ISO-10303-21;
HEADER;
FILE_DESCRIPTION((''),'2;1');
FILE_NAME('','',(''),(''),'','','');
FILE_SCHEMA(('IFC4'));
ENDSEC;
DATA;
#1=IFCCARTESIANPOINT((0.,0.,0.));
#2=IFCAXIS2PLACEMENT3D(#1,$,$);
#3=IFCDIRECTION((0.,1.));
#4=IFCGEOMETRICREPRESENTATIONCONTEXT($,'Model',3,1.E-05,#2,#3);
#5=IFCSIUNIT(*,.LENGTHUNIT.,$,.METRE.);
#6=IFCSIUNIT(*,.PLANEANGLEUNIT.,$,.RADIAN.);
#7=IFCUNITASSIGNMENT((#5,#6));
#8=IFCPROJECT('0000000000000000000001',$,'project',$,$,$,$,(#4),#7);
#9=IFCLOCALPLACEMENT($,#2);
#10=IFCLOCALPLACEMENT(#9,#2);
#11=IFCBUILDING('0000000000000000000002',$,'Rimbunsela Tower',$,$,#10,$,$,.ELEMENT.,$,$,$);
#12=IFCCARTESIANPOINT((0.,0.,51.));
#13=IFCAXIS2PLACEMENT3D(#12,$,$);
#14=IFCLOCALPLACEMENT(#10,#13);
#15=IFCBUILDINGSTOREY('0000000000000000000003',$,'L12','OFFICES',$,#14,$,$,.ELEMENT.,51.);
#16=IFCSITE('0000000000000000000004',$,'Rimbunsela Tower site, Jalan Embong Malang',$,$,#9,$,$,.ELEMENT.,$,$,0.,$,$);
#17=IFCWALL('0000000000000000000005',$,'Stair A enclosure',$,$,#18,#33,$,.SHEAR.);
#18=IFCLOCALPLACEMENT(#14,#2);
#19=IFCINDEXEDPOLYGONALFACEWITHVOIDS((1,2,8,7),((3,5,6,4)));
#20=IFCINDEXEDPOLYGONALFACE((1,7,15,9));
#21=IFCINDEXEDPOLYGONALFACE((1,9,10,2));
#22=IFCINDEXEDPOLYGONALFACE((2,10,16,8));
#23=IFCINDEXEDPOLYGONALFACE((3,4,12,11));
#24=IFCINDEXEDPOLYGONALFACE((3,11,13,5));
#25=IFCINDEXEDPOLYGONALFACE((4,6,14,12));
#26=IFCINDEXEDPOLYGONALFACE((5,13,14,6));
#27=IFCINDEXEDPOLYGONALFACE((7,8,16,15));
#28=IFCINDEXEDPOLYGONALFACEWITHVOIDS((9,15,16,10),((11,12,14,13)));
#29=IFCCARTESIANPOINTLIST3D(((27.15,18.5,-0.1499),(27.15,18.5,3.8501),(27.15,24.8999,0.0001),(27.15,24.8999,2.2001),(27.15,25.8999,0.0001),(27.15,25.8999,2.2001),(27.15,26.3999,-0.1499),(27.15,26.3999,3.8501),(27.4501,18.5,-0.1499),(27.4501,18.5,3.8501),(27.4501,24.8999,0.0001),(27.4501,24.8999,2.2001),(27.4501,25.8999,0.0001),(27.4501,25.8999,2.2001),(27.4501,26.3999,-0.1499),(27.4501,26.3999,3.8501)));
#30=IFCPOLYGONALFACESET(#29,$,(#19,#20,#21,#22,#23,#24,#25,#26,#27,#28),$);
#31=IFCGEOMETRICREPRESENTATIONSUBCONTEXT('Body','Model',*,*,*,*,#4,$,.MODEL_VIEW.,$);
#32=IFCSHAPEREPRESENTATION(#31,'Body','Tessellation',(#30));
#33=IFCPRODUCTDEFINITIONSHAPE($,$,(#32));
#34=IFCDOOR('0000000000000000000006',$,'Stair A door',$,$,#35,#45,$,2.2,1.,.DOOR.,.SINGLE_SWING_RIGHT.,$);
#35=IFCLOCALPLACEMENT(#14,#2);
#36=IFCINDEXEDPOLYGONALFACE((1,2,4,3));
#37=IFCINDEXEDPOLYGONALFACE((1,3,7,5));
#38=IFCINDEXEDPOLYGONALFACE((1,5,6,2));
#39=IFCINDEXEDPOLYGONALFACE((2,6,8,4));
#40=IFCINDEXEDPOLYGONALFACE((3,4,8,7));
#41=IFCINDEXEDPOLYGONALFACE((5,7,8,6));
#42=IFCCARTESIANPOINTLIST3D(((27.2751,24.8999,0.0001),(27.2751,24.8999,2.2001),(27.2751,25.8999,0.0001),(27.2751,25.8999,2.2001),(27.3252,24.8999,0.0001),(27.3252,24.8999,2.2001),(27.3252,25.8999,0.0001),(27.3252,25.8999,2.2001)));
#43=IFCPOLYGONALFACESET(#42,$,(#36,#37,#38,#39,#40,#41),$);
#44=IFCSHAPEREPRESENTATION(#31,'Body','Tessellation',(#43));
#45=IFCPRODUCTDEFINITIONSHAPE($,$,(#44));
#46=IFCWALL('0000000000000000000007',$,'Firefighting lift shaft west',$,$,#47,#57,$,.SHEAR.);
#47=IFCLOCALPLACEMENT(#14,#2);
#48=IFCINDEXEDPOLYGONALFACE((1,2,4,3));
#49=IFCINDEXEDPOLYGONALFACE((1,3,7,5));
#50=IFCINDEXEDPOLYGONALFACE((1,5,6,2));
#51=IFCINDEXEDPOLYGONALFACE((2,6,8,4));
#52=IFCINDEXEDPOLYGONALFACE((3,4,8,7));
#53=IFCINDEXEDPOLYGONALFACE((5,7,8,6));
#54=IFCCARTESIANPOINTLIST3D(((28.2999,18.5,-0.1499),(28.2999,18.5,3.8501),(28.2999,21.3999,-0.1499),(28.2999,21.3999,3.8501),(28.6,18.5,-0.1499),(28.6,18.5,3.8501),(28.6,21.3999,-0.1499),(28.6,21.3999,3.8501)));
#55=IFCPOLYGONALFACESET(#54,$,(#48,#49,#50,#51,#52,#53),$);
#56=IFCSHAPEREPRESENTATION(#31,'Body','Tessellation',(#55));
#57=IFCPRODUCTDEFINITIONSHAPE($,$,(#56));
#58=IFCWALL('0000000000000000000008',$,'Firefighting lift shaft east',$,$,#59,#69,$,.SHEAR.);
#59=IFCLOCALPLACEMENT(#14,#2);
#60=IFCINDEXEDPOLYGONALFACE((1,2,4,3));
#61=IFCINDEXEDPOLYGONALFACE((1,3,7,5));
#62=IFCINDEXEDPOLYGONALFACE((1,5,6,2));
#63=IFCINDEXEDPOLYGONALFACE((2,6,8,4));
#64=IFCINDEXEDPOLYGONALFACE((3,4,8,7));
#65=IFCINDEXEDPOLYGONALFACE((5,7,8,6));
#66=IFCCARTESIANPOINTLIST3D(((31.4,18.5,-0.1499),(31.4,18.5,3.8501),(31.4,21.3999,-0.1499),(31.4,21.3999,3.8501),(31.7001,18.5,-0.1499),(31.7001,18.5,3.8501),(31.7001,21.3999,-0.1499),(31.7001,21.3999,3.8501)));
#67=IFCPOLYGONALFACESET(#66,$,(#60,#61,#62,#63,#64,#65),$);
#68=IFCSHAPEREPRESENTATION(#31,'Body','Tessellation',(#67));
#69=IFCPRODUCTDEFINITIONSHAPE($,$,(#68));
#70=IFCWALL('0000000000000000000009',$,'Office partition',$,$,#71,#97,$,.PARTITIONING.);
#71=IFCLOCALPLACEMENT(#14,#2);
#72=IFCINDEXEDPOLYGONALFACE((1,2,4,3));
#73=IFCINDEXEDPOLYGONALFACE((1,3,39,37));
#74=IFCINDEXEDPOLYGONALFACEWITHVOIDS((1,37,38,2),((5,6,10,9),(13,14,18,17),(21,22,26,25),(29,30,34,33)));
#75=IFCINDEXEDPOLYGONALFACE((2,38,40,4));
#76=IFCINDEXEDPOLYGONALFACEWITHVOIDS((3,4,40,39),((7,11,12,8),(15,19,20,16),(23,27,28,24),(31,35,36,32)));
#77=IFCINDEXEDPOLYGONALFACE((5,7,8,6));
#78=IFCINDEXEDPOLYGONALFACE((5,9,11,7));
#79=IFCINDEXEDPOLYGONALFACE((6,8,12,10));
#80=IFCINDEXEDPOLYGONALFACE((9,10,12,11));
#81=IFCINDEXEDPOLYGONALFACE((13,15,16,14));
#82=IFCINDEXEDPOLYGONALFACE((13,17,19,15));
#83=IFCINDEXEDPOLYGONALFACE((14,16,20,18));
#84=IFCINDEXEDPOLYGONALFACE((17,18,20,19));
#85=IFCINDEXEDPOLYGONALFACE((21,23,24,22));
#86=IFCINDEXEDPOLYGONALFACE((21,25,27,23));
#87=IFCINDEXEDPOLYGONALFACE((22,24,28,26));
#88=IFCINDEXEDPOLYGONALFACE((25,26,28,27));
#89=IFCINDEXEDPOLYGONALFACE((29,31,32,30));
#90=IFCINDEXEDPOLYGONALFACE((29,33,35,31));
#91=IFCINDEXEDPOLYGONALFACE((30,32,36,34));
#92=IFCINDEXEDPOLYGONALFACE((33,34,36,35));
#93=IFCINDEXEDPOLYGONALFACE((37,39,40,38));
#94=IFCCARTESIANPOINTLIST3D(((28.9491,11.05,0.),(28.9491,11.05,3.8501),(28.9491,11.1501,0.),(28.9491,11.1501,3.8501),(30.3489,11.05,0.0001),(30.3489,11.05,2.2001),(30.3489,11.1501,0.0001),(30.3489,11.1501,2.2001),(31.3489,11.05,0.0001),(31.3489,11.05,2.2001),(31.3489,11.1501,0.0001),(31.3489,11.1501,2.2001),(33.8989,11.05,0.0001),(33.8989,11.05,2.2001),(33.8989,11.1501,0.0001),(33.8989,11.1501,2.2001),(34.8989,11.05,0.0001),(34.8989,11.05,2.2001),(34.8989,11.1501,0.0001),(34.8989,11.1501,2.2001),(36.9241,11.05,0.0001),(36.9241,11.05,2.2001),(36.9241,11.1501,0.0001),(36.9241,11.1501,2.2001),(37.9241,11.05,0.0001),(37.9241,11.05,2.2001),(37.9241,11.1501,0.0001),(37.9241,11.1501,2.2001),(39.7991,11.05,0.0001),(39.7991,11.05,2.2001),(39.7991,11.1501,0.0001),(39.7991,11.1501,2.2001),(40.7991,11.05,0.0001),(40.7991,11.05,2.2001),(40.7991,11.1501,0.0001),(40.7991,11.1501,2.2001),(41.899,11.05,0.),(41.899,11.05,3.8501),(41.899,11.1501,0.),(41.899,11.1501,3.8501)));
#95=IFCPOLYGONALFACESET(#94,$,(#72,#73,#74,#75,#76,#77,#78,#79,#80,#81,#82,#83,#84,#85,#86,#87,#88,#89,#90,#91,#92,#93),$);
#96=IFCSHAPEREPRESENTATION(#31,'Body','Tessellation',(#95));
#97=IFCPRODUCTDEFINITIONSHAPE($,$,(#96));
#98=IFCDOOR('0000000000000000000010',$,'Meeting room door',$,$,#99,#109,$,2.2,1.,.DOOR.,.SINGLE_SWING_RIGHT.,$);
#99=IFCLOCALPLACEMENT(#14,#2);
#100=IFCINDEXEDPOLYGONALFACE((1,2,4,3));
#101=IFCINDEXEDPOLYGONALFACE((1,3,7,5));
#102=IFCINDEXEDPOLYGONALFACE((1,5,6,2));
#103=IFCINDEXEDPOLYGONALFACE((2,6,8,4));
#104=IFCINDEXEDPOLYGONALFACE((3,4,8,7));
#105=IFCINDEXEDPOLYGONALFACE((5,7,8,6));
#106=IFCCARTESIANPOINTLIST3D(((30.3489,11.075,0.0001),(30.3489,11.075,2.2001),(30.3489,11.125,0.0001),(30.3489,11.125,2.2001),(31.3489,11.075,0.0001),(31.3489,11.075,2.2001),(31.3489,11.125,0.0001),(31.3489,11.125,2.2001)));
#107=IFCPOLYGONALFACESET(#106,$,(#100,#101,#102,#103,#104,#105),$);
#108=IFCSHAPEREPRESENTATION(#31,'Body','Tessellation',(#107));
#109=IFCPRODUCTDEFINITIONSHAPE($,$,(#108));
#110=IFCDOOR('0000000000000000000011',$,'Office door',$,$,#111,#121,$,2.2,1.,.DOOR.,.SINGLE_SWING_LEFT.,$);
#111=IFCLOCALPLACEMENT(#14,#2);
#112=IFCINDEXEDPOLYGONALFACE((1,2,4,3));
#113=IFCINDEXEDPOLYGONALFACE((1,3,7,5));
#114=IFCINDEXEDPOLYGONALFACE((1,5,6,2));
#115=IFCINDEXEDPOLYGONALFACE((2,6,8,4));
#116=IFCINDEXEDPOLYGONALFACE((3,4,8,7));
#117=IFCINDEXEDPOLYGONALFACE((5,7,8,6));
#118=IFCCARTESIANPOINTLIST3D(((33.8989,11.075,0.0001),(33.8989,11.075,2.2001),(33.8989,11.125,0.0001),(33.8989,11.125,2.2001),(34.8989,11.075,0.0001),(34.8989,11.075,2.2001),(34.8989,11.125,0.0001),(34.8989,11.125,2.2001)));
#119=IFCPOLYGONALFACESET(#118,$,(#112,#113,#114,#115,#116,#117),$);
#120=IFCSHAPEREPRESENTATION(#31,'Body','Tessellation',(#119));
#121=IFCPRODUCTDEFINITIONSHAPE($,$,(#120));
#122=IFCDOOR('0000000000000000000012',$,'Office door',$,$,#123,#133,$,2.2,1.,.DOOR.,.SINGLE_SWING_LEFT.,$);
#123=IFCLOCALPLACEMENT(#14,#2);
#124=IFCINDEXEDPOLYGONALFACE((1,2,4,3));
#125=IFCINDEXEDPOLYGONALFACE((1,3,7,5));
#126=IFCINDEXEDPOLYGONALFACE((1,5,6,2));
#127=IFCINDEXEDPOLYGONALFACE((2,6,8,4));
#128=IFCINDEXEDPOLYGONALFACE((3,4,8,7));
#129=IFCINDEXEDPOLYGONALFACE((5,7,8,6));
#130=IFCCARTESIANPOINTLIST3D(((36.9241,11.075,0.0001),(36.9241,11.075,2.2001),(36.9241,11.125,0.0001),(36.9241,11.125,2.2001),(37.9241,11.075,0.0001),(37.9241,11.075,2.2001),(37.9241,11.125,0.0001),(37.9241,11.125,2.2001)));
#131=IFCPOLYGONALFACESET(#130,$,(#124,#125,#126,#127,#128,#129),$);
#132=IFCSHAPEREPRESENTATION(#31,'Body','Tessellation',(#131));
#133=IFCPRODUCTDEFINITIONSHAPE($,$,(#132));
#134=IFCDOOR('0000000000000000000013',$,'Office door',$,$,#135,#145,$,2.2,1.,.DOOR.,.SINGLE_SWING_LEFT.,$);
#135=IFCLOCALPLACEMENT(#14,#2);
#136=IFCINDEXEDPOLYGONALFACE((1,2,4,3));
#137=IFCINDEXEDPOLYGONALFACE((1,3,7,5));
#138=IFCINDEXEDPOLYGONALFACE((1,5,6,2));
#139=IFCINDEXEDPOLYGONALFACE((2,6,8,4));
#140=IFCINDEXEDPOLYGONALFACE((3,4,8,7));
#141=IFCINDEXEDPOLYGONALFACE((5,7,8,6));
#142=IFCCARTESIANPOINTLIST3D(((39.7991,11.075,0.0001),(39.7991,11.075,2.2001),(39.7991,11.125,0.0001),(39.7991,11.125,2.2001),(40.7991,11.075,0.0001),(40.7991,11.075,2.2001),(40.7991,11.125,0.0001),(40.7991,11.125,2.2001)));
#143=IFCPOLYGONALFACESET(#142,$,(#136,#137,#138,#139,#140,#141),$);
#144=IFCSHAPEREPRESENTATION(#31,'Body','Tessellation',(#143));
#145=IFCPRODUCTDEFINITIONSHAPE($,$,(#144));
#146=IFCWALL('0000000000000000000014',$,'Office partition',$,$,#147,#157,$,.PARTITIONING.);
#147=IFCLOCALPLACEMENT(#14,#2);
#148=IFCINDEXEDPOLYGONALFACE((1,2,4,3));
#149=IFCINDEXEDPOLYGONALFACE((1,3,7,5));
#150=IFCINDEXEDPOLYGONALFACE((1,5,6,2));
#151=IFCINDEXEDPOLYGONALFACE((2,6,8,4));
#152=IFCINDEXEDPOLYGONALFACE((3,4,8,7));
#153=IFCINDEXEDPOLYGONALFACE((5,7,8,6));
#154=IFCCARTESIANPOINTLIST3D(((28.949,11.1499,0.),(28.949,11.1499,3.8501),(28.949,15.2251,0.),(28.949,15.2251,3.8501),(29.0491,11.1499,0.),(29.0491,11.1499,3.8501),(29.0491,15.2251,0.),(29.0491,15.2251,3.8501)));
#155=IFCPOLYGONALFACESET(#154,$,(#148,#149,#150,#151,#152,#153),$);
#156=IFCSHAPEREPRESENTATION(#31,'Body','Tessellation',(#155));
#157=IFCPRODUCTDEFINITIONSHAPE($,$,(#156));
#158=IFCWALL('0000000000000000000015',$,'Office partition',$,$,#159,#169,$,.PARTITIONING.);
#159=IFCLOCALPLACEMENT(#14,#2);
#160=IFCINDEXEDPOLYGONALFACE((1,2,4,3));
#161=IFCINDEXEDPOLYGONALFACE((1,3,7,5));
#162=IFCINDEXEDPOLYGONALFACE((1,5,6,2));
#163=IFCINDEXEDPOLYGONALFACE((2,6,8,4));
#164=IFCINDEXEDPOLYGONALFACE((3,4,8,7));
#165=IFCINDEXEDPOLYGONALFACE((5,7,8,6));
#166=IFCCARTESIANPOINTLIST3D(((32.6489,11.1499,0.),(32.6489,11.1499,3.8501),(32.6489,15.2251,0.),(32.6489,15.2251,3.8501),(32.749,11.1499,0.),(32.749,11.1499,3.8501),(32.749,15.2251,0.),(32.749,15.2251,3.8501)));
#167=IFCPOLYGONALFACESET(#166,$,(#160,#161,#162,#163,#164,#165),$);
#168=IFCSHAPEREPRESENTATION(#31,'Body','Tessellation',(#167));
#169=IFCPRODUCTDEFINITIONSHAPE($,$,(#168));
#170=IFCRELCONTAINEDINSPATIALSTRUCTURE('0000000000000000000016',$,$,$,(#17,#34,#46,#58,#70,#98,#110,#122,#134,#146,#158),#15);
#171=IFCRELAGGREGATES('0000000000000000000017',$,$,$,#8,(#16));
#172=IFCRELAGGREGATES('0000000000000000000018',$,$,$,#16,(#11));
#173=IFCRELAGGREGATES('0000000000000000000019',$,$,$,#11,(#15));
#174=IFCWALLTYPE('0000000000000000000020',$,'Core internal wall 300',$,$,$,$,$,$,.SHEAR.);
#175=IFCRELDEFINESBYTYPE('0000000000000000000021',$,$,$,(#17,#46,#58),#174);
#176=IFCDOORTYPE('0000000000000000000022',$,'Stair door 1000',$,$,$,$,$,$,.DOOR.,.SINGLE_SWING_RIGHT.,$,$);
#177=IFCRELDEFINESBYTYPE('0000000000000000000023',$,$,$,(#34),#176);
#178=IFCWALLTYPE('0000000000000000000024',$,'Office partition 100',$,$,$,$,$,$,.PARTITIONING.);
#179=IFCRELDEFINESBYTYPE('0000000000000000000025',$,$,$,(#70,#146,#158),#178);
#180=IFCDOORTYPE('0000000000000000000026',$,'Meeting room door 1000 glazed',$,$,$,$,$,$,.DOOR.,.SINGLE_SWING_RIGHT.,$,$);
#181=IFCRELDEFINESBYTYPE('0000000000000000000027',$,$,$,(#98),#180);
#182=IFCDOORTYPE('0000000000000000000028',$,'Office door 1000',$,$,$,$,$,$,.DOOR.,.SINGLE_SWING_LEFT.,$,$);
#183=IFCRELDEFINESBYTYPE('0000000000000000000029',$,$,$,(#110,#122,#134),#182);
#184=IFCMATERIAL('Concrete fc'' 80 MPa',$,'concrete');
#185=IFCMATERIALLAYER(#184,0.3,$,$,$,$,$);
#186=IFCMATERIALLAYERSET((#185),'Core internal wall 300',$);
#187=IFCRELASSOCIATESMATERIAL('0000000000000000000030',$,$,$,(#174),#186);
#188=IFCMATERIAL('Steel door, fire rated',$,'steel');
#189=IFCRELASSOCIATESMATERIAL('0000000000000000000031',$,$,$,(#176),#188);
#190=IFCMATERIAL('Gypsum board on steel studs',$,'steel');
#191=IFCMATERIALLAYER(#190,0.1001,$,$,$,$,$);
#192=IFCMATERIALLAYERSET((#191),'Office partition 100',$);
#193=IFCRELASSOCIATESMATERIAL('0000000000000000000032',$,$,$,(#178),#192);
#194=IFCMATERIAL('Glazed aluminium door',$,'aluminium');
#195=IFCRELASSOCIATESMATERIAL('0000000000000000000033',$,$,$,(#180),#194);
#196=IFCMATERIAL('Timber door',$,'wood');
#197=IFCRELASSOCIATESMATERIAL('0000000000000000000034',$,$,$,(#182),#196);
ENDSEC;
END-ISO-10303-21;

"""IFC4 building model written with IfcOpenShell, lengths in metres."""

from ifc_helpers import new_model, si_unit, direction, frame, frame_2d, origin, place, context, subcontext, project, spatial, rectangle, extrude, material, layer, layer_set, type_object, element, fill, save


model = new_model("IFC4")

# Units and contexts
model_context = context("Model", 3, precision=1e-05, world=origin(), true_north=direction((0.0, 1.0)))
body_context = subcontext(model_context, "Body", "Model", "MODEL_VIEW")
ifc_project = project(units=[si_unit("LENGTHUNIT", "METRE"), si_unit("PLANEANGLEUNIT", "RADIAN")], contexts=[model_context])

# Site, building, storey
site_placement = place(None, origin())
site = spatial("IfcSite", under=ifc_project, at=site_placement, Name="Rimbunsela Tower site, Jalan Embong Malang", CompositionType="ELEMENT", RefElevation=0.0)
building_placement = place(site_placement, origin())
building = spatial("IfcBuilding", under=site, at=building_placement, Name="Rimbunsela Tower", CompositionType="ELEMENT")
storey_placement = place(building_placement, frame((0.0, 0.0, 51.0)))
storey = spatial("IfcBuildingStorey", under=building, at=storey_placement, Name="L12", Description="OFFICES", CompositionType="ELEMENT", Elevation=51.0)

# Wall, opening, door
ifc_material_1 = material(Name="Concrete fc' 80 MPa", Category="concrete")
ifc_layer_1 = layer(ifc_material_1, 0.3)
ifc_layer_set_1 = layer_set([ifc_layer_1], Name="Core internal wall 300")
wall_type_1 = type_object("IfcWallType", Name="Core internal wall 300", PredefinedType="SHEAR", material=ifc_layer_set_1)
wall_1_placement = place(storey_placement, frame((27.3, 18.5, -0.1499), z_axis=(0.0, 0.0, 1.0), x_axis=(0.0, 1.0, 0.0)))
wall_1 = element("IfcWall", 1, at=wall_1_placement, inside=storey, type_object=wall_type_1, Name="Stair A enclosure", PredefinedType="SHEAR", context=body_context, shape_type="SweptSolid", body=[
    extrude(rectangle(XDim=7.8999, YDim=0.3, at=frame_2d((3.95, 0.0))), origin(), (0.0, 0.0, 1.0), 4.0),
])
opening_1_placement = place(wall_1_placement, frame((6.3999, 0.0, 0.1499)))
opening_1 = element("IfcOpeningElement", 2, at=opening_1_placement, cuts=wall_1, PredefinedType="OPENING", context=body_context, shape_type="SweptSolid", body=[
    extrude(rectangle(XDim=1.0, YDim=2.2, at=frame_2d((0.5, 1.1001))), frame((0.0, 0.1599, 0.0), z_axis=(0.0, -1.0, 0.0), x_axis=(1.0, 0.0, 0.0)), (0.0, 0.0, 1.0), 0.3201),
])
ifc_material_2 = material(Name="Steel door, fire rated", Category="steel")
door_type_1 = type_object("IfcDoorType", Name="Stair door 1000", OperationType="SINGLE_SWING_RIGHT", PredefinedType="DOOR", material=ifc_material_2)
door_1_placement = place(opening_1_placement, origin())
door_1 = element("IfcDoor", 3, at=door_1_placement, inside=storey, type_object=door_type_1, Name="Stair A door", OperationType="SINGLE_SWING_RIGHT", OverallHeight=2.2, OverallWidth=1.0, PredefinedType="DOOR", context=body_context, shape_type="SweptSolid", body=[
    extrude(rectangle(XDim=1.0, YDim=2.2, at=frame_2d((0.5, 1.1001))), frame((0.0, 0.0249, 0.0), z_axis=(0.0, -1.0, 0.0), x_axis=(1.0, 0.0, 0.0)), (0.0, 0.0, 1.0), 0.05),
])
fill(opening_1, door_1)

# Walls
for number, where, z_axis, x_axis, name in (
    (4, (28.45, 18.5, -0.1499), (0.0, 0.0, 1.0), (0.0, 1.0, 0.0), "Firefighting lift shaft west"),
    (5, (31.55, 18.5, -0.1499), (0.0, 0.0, 1.0), (0.0, 1.0, 0.0), "Firefighting lift shaft east"),
):
    element("IfcWall", number, at=place(storey_placement, frame(where, z_axis=z_axis, x_axis=x_axis)), inside=storey, type_object=wall_type_1, Name=name, PredefinedType="SHEAR", context=body_context, shape_type="SweptSolid", body=[
        extrude(rectangle(XDim=2.8999, YDim=0.3, at=frame_2d((1.45, 0.0))), origin(), (0.0, 0.0, 1.0), 4.0),
    ])

# Wall, openings, doors
ifc_material_3 = material(Name="Gypsum board on steel studs", Category="steel")
ifc_layer_2 = layer(ifc_material_3, 0.1001)
ifc_layer_set_2 = layer_set([ifc_layer_2], Name="Office partition 100")
wall_type_2 = type_object("IfcWallType", Name="Office partition 100", PredefinedType="PARTITIONING", material=ifc_layer_set_2)
wall_2_placement = place(storey_placement, frame((28.949, 11.1001, 0.0), z_axis=(0.0, 0.0, 1.0), x_axis=(1.0, 0.0, 0.0)))
wall_2 = element("IfcWall", 6, at=wall_2_placement, inside=storey, type_object=wall_type_2, Name="Office partition", PredefinedType="PARTITIONING", context=body_context, shape_type="SweptSolid", body=[
    extrude(rectangle(XDim=12.95, YDim=0.1001, at=frame_2d((6.4751, 0.0))), origin(), (0.0, 0.0, 1.0), 3.8501),
])
opening_2_placement = place(wall_2_placement, frame((1.3999, 0.0, 0.0)))
opening_2 = element("IfcOpeningElement", 7, at=opening_2_placement, cuts=wall_2, PredefinedType="OPENING", context=body_context, shape_type="SweptSolid", body=[
    extrude(rectangle(XDim=1.0, YDim=2.2, at=frame_2d((0.5, 1.1001))), frame((0.0, 0.0601, 0.0), z_axis=(0.0, -1.0, 0.0), x_axis=(1.0, 0.0, 0.0)), (0.0, 0.0, 1.0), 0.1201),
])
opening_3_placement = place(wall_2_placement, frame((4.95, 0.0, 0.0)))
opening_3 = element("IfcOpeningElement", 8, at=opening_3_placement, cuts=wall_2, PredefinedType="OPENING", context=body_context, shape_type="SweptSolid", body=[
    extrude(rectangle(XDim=1.0, YDim=2.2, at=frame_2d((0.5, 1.1001))), frame((0.0, 0.0601, 0.0), z_axis=(0.0, -1.0, 0.0), x_axis=(1.0, 0.0, 0.0)), (0.0, 0.0, 1.0), 0.1201),
])
opening_4_placement = place(wall_2_placement, frame((7.9751, 0.0, 0.0)))
opening_4 = element("IfcOpeningElement", 9, at=opening_4_placement, cuts=wall_2, PredefinedType="OPENING", context=body_context, shape_type="SweptSolid", body=[
    extrude(rectangle(XDim=1.0, YDim=2.2, at=frame_2d((0.5, 1.1001))), frame((0.0, 0.0601, 0.0), z_axis=(0.0, -1.0, 0.0), x_axis=(1.0, 0.0, 0.0)), (0.0, 0.0, 1.0), 0.1201),
])
opening_5_placement = place(wall_2_placement, frame((10.8501, 0.0, 0.0)))
opening_5 = element("IfcOpeningElement", 10, at=opening_5_placement, cuts=wall_2, PredefinedType="OPENING", context=body_context, shape_type="SweptSolid", body=[
    extrude(rectangle(XDim=1.0, YDim=2.2, at=frame_2d((0.5, 1.1001))), frame((0.0, 0.0601, 0.0), z_axis=(0.0, -1.0, 0.0), x_axis=(1.0, 0.0, 0.0)), (0.0, 0.0, 1.0), 0.1201),
])
ifc_material_4 = material(Name="Glazed aluminium door", Category="aluminium")
door_type_2 = type_object("IfcDoorType", Name="Meeting room door 1000 glazed", OperationType="SINGLE_SWING_RIGHT", PredefinedType="DOOR", material=ifc_material_4)
door_2_placement = place(opening_2_placement, origin())
door_2 = element("IfcDoor", 11, at=door_2_placement, inside=storey, type_object=door_type_2, Name="Meeting room door", OperationType="SINGLE_SWING_RIGHT", OverallHeight=2.2, OverallWidth=1.0, PredefinedType="DOOR", context=body_context, shape_type="SweptSolid", body=[
    extrude(rectangle(XDim=1.0, YDim=2.2, at=frame_2d((0.5, 1.1001))), frame((0.0, 0.0249, 0.0), z_axis=(0.0, -1.0, 0.0), x_axis=(1.0, 0.0, 0.0)), (0.0, 0.0, 1.0), 0.05),
])
fill(opening_2, door_2)
ifc_material_5 = material(Name="Timber door", Category="wood")
door_type_3 = type_object("IfcDoorType", Name="Office door 1000", OperationType="SINGLE_SWING_LEFT", PredefinedType="DOOR", material=ifc_material_5)
door_3_placement = place(opening_3_placement, origin())
door_3 = element("IfcDoor", 12, at=door_3_placement, inside=storey, type_object=door_type_3, Name="Office door", OperationType="SINGLE_SWING_LEFT", OverallHeight=2.2, OverallWidth=1.0, PredefinedType="DOOR", context=body_context, shape_type="SweptSolid", body=[
    extrude(rectangle(XDim=1.0, YDim=2.2, at=frame_2d((0.5, 1.1001))), frame((0.0, 0.0249, 0.0), z_axis=(0.0, -1.0, 0.0), x_axis=(1.0, 0.0, 0.0)), (0.0, 0.0, 1.0), 0.05),
])
fill(opening_3, door_3)
door_4_placement = place(opening_4_placement, origin())
door_4 = element("IfcDoor", 13, at=door_4_placement, inside=storey, type_object=door_type_3, Name="Office door", OperationType="SINGLE_SWING_LEFT", OverallHeight=2.2, OverallWidth=1.0, PredefinedType="DOOR", context=body_context, shape_type="SweptSolid", body=[
    extrude(rectangle(XDim=1.0, YDim=2.2, at=frame_2d((0.5, 1.1001))), frame((0.0, 0.0249, 0.0), z_axis=(0.0, -1.0, 0.0), x_axis=(1.0, 0.0, 0.0)), (0.0, 0.0, 1.0), 0.05),
])
fill(opening_4, door_4)
door_5_placement = place(opening_5_placement, origin())
door_5 = element("IfcDoor", 14, at=door_5_placement, inside=storey, type_object=door_type_3, Name="Office door", OperationType="SINGLE_SWING_LEFT", OverallHeight=2.2, OverallWidth=1.0, PredefinedType="DOOR", context=body_context, shape_type="SweptSolid", body=[
    extrude(rectangle(XDim=1.0, YDim=2.2, at=frame_2d((0.5, 1.1001))), frame((0.0, 0.0249, 0.0), z_axis=(0.0, -1.0, 0.0), x_axis=(1.0, 0.0, 0.0)), (0.0, 0.0, 1.0), 0.05),
])
fill(opening_5, door_5)

# Walls
for number, where, z_axis, x_axis, name in (
    (15, (28.999, 11.1499, 0.0), (0.0, 0.0, 1.0), (0.0, 1.0, 0.0), "Office partition"),
    (16, (32.699, 11.1499, 0.0), (0.0, 0.0, 1.0), (0.0, 1.0, 0.0), "Office partition"),
):
    element("IfcWall", number, at=place(storey_placement, frame(where, z_axis=z_axis, x_axis=x_axis)), inside=storey, type_object=wall_type_2, Name=name, PredefinedType="PARTITIONING", context=body_context, shape_type="SweptSolid", body=[
        extrude(rectangle(XDim=4.0752, YDim=0.1001, at=frame_2d((2.0376, 0.0))), origin(), (0.0, 0.0, 1.0), 3.8501),
    ])

save(model, "model.ifc")
